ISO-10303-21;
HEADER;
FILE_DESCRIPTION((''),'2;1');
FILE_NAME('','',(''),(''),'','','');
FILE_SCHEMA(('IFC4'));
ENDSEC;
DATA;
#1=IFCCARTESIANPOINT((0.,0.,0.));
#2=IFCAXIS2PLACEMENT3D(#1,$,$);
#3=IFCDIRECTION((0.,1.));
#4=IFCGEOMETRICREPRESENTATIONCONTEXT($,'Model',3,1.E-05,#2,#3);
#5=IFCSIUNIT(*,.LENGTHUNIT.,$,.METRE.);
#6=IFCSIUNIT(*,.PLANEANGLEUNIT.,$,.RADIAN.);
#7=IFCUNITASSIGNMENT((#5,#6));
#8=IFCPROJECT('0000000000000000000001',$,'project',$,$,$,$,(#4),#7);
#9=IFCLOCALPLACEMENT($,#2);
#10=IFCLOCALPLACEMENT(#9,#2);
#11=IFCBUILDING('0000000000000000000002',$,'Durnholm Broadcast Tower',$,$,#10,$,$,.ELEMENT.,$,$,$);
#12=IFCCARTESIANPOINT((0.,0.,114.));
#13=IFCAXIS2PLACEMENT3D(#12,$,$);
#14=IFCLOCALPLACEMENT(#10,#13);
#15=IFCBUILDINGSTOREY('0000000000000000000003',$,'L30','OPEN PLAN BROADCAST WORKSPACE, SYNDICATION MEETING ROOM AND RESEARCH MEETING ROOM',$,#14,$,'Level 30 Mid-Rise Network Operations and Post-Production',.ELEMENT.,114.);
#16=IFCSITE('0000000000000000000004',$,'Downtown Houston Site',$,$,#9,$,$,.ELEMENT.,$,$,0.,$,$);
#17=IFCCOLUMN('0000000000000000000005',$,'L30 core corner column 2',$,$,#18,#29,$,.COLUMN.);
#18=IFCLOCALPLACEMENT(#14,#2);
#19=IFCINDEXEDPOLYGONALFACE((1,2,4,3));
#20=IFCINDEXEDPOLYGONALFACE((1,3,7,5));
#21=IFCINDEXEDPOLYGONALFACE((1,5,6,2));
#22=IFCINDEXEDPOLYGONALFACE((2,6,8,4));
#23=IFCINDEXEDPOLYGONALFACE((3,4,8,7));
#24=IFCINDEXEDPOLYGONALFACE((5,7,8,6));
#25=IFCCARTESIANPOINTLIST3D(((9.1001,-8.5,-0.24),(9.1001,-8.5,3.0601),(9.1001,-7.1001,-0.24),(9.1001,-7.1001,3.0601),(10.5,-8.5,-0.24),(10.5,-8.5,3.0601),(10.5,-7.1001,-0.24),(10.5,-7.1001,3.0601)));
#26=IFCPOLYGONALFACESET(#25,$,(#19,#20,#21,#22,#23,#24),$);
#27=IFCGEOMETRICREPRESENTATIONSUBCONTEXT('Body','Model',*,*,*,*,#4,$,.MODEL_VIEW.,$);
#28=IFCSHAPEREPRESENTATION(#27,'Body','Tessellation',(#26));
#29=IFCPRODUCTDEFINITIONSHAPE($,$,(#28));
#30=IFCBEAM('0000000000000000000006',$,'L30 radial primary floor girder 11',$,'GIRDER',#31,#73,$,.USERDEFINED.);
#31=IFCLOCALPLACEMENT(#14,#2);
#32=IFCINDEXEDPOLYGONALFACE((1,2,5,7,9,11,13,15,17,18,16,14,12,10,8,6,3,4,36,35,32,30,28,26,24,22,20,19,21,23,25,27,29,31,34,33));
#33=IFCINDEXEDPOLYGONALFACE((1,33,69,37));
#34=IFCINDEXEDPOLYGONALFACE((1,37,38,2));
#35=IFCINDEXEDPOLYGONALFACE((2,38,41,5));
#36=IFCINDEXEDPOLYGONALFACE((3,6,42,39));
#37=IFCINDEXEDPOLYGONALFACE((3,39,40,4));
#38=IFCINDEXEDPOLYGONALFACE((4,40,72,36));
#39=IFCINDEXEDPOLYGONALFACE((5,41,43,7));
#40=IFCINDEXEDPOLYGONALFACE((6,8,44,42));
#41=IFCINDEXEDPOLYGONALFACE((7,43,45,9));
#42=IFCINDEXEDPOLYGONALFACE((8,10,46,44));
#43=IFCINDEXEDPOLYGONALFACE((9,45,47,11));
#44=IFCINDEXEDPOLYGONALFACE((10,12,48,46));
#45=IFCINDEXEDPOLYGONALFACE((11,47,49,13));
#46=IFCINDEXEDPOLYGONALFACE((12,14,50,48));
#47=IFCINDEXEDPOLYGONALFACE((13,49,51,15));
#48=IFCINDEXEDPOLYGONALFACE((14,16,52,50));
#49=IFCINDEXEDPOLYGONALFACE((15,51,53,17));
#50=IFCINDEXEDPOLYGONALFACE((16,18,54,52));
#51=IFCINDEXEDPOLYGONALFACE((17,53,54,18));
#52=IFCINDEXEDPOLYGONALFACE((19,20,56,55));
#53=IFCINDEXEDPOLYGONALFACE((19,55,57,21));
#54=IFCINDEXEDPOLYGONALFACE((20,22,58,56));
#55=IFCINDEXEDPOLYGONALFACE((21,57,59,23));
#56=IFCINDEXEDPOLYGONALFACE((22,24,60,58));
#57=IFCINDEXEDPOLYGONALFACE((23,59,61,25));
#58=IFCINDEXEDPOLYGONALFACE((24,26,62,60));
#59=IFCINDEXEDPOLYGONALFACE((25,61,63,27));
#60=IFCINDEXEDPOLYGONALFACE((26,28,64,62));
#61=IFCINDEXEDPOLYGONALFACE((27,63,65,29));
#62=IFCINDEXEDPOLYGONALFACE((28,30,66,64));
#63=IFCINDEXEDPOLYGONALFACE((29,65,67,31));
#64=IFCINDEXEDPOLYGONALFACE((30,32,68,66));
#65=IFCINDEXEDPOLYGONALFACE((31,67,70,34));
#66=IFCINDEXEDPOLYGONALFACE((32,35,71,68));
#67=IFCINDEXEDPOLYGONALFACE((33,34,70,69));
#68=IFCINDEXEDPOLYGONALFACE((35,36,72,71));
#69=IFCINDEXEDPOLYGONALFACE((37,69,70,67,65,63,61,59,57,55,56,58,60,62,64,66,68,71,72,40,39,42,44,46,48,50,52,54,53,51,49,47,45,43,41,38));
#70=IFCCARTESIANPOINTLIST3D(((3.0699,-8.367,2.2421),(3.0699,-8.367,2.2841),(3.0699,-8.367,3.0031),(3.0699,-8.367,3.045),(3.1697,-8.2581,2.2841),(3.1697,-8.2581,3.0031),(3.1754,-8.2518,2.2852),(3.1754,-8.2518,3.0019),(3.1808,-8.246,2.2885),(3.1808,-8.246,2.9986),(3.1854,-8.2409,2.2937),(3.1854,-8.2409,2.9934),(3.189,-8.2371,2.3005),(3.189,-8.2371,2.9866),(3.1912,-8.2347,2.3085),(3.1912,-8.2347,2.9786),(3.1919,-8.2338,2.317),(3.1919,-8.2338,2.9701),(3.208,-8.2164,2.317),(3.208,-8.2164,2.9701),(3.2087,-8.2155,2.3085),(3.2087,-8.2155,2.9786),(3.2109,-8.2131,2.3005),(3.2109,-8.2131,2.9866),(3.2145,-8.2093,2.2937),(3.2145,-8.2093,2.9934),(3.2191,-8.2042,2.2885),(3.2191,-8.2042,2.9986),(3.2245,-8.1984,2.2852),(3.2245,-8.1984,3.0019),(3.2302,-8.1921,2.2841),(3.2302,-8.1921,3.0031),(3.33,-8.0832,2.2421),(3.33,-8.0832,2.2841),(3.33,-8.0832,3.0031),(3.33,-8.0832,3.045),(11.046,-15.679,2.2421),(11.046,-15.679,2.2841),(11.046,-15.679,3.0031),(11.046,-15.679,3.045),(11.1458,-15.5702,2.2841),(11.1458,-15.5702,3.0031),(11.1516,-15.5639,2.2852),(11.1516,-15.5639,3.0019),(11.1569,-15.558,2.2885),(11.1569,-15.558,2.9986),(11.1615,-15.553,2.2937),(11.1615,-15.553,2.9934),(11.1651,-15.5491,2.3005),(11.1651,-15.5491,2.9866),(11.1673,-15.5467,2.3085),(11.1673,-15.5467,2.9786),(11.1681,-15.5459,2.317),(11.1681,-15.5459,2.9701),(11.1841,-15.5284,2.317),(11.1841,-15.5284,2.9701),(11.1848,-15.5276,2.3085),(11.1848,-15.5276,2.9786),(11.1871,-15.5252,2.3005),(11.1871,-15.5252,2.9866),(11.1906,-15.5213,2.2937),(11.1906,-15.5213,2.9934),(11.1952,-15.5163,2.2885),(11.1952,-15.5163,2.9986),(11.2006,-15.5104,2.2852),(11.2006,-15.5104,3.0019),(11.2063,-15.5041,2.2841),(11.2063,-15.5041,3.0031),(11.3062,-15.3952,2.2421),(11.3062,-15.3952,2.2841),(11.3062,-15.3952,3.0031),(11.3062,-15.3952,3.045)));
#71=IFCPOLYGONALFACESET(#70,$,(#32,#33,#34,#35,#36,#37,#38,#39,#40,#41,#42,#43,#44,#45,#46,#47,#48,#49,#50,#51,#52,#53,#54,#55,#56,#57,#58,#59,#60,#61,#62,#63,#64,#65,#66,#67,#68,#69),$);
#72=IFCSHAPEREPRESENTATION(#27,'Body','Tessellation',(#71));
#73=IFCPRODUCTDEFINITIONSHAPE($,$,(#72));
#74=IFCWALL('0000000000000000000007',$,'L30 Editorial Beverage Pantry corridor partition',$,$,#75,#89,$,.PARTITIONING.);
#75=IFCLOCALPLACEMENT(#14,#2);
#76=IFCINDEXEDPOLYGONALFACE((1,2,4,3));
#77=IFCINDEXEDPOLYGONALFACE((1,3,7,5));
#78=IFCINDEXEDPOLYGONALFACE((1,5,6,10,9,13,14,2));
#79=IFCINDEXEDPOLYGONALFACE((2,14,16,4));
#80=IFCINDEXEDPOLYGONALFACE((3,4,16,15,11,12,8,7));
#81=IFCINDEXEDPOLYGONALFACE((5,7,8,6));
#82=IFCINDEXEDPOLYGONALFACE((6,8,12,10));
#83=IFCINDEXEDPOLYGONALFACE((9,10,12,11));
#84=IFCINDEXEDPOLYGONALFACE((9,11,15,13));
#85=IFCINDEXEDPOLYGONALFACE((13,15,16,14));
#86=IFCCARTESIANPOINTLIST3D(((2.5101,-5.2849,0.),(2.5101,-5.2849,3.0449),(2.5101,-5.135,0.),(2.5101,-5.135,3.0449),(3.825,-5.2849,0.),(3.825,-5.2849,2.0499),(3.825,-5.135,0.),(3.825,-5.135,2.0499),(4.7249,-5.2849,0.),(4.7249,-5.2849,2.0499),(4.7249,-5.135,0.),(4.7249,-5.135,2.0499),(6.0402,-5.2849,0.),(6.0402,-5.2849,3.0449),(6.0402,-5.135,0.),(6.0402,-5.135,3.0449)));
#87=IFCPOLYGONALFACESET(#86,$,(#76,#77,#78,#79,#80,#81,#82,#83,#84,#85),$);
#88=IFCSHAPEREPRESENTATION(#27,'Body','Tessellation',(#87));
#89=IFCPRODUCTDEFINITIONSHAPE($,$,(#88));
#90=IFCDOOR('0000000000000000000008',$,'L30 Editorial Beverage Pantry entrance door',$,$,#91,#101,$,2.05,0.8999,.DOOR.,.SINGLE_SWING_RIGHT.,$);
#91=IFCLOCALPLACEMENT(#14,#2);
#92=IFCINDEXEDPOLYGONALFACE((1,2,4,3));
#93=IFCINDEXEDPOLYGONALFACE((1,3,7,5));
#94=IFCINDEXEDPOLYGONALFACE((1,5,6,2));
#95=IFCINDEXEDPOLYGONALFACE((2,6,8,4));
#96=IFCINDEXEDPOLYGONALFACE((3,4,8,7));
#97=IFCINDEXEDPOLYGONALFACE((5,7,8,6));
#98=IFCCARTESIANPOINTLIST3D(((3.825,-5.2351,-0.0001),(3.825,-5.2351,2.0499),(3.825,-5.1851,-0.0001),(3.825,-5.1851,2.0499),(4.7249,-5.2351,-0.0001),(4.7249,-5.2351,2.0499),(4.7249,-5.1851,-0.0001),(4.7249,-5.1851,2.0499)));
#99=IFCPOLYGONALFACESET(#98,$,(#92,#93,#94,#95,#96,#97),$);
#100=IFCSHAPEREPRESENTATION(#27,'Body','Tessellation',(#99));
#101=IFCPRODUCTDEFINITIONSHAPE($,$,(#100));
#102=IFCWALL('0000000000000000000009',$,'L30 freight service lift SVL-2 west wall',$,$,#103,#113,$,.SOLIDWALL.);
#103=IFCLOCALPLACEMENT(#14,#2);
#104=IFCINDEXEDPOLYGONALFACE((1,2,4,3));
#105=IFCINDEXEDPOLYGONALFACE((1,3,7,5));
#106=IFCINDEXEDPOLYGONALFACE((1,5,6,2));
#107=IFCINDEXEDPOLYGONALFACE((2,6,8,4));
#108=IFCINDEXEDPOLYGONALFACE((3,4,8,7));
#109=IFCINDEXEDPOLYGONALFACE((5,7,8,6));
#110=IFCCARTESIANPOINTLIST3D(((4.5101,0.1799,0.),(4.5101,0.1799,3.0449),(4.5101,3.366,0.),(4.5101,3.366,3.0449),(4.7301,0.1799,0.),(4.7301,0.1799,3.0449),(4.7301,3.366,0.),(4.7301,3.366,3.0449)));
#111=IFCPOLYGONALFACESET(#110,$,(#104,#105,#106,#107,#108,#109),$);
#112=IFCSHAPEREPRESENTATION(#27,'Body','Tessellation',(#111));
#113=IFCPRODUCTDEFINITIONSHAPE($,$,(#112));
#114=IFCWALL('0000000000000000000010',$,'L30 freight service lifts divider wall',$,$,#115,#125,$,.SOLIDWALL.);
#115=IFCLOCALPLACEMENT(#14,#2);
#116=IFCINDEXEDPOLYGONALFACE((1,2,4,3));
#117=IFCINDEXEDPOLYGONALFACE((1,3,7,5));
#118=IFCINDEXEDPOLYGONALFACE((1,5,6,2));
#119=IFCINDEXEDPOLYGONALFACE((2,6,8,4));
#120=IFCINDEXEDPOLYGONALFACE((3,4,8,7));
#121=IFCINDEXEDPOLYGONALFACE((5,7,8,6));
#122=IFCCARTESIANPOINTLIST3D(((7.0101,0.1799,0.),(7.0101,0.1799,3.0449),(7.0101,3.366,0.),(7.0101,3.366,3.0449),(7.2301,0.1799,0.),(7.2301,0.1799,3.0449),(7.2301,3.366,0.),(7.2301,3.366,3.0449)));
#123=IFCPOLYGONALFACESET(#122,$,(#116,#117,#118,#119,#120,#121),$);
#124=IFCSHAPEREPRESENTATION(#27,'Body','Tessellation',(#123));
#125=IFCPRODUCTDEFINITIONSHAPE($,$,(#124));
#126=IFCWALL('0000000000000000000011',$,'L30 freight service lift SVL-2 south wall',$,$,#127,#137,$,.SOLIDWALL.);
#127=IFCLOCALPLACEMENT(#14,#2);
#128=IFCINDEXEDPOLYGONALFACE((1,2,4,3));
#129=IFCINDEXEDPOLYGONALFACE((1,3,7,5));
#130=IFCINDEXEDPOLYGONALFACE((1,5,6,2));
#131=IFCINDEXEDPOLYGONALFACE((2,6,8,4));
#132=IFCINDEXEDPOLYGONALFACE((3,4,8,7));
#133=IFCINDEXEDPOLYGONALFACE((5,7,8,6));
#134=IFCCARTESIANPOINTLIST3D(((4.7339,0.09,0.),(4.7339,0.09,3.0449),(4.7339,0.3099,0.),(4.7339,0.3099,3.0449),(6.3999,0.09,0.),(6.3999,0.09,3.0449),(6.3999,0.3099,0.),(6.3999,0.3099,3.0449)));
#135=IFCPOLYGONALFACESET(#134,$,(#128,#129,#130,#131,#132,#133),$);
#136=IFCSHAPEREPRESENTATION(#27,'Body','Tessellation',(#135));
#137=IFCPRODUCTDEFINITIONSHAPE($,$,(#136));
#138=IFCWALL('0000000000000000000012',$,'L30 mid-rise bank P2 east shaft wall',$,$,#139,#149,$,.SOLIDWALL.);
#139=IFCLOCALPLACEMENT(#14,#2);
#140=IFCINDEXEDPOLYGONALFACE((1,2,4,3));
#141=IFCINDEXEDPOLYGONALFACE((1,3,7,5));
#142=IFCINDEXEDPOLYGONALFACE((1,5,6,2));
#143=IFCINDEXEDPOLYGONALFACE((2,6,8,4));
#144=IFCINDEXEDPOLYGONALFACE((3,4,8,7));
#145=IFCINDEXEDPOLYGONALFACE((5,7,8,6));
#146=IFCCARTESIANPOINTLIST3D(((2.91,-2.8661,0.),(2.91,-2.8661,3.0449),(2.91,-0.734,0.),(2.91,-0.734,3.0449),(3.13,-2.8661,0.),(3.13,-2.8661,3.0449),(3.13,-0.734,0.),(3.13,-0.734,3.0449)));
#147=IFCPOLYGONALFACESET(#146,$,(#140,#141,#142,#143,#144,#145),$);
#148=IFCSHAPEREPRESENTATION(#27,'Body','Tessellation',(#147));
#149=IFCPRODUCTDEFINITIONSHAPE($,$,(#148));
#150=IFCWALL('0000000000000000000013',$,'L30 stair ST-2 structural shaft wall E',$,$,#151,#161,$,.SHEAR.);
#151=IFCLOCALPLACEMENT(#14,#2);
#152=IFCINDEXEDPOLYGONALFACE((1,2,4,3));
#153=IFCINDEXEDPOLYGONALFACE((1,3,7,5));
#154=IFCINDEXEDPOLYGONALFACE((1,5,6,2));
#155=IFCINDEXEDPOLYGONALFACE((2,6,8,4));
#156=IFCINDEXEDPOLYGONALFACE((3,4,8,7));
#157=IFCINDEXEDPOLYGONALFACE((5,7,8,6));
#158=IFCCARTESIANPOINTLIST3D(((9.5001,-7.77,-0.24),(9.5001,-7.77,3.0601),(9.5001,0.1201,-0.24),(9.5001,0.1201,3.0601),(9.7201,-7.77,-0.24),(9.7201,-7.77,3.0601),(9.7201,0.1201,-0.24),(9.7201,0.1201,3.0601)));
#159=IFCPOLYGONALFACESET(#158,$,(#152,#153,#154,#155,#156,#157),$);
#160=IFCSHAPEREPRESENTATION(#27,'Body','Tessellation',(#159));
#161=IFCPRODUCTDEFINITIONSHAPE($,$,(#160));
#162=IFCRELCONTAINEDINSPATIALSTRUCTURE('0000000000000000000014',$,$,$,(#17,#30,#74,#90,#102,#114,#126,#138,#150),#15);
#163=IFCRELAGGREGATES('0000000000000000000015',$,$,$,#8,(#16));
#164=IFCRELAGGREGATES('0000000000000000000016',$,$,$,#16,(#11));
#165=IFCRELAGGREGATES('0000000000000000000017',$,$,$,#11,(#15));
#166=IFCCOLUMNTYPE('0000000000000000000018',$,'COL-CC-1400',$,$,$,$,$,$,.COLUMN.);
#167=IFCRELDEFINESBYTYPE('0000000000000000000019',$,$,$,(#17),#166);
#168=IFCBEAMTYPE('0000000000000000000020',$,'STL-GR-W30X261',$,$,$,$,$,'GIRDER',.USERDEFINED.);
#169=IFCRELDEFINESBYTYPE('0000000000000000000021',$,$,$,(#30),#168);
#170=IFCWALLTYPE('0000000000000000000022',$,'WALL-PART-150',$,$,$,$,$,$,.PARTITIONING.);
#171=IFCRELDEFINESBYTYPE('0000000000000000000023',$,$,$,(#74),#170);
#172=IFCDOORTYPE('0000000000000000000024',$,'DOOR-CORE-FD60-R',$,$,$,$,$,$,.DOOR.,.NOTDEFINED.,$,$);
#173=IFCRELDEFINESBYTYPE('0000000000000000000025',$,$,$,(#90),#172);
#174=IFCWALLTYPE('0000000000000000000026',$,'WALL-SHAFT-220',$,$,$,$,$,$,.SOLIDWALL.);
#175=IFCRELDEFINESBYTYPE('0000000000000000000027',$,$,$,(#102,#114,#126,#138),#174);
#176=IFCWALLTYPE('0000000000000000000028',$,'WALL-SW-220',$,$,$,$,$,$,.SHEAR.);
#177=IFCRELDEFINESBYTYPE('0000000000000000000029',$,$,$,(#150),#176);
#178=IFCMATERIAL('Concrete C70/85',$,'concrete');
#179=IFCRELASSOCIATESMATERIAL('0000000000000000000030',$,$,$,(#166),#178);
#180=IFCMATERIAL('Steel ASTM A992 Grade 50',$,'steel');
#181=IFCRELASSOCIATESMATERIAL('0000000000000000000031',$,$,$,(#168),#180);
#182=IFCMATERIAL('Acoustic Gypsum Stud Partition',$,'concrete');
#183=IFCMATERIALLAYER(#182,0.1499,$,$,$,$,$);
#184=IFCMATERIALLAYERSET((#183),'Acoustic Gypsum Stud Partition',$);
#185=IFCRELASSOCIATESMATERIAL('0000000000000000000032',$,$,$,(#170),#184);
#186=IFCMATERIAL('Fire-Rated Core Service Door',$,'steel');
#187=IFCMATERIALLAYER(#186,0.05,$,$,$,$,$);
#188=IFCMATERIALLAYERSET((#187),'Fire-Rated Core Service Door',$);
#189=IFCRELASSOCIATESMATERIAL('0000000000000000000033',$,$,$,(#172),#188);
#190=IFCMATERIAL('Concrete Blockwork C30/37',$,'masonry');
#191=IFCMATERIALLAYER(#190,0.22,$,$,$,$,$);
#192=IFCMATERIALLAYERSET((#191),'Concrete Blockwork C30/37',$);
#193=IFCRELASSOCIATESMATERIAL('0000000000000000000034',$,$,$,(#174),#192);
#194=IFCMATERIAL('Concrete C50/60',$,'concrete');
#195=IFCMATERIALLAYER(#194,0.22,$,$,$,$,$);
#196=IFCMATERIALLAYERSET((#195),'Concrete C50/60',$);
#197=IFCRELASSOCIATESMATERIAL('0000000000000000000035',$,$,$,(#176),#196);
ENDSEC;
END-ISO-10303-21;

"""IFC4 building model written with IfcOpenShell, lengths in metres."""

from ifc_helpers import new_model, si_unit, direction, frame, frame_2d, origin, origin_2d, place, context, subcontext, project, spatial, rectangle, i_section, extrude, source, transform, mapped, material, layer, layer_set, material_profile, profile_set, type_object, type_shapes, element, fill, save


model = new_model("IFC4")

# Units and contexts
model_context = context("Model", 3, precision=1e-05, world=origin(), true_north=direction((0.0, 1.0)))
body_context = subcontext(model_context, "Body", "Model", "MODEL_VIEW")
ifc_project = project(units=[si_unit("LENGTHUNIT", "METRE"), si_unit("PLANEANGLEUNIT", "RADIAN")], contexts=[model_context])

# Site, building, storey
site_placement = place(None, origin())
site = spatial("IfcSite", under=ifc_project, at=site_placement, Name="Downtown Houston Site", CompositionType="ELEMENT", RefElevation=0.0)
building_placement = place(site_placement, origin())
building = spatial("IfcBuilding", under=site, at=building_placement, Name="Durnholm Broadcast Tower", CompositionType="ELEMENT")
storey_placement = place(building_placement, frame((0.0, 0.0, 114.0)))
storey = spatial("IfcBuildingStorey", under=building, at=storey_placement, Name="L30", Description="OPEN PLAN BROADCAST WORKSPACE, SYNDICATION MEETING ROOM AND RESEARCH MEETING ROOM", LongName="Level 30 Mid-Rise Network Operations and Post-Production", CompositionType="ELEMENT", Elevation=114.0)

# Column
ifc_material_1 = material(Name="Concrete C70/85", Category="concrete")
ifc_material_profile_1 = material_profile(ifc_material_1, rectangle(XDim=1.3999, YDim=1.3999, at=origin_2d()), Name="RC1400X1400")
ifc_profile_set_1 = profile_set([ifc_material_profile_1], Name="Concrete C70/85")
column_type = type_object("IfcColumnType", Name="COL-CC-1400", PredefinedType="COLUMN", material=ifc_profile_set_1)
shared_shape_1 = source(origin(), body_context, "Body", "SweptSolid", [
    extrude(rectangle(XDim=1.3999, YDim=1.3999, at=origin_2d()), origin(), (0.0, 0.0, 1.0), 3.3),
])
type_shapes(column_type, [shared_shape_1])
column_placement = place(storey_placement, frame((9.8, -7.8, -0.24), z_axis=(0.0, 0.0, 1.0), x_axis=(1.0, 0.0, 0.0)))
element("IfcColumn", 1, at=column_placement, inside=storey, type_object=column_type, Name="L30 core corner column 2", PredefinedType="COLUMN", context=body_context, shape_type="MappedRepresentation", body=[
    mapped(shared_shape_1, transform((0.0, 0.0, 0.0), x_axis=(1.0, 0.0, 0.0), y_axis=(0.0, 1.0, 0.0), z_axis=(0.0, 0.0, 1.0), scale=1.0)),
])

# Beam
ifc_material_2 = material(Name="Steel ASTM A992 Grade 50", Category="steel")
ifc_material_profile_2 = material_profile(ifc_material_2, i_section(OverallWidth=0.385, OverallDepth=0.803, WebThickness=0.0237, FlangeThickness=0.042, FilletRadius=0.033, at=origin_2d()), Name="W30X261")
ifc_profile_set_2 = profile_set([ifc_material_profile_2], Name="Steel ASTM A992 Grade 50")
beam_type = type_object("IfcBeamType", Name="STL-GR-W30X261", ElementType="GIRDER", PredefinedType="USERDEFINED", material=ifc_profile_set_2)
shared_shape_2 = source(origin(), body_context, "Body", "SweptSolid", [
    extrude(i_section(OverallWidth=0.385, OverallDepth=0.803, WebThickness=0.0237, FlangeThickness=0.042, FilletRadius=0.033, at=origin_2d()), origin(), (0.0, 0.0, 1.0), 10.8206),
])
type_shapes(beam_type, [shared_shape_2])
beam_placement = place(storey_placement, frame((3.2, -8.2251, 2.6436), z_axis=(0.737126, -0.675755, 0.0), x_axis=(0.675755, 0.737126, 0.0)))
element("IfcBeam", 2, at=beam_placement, inside=storey, type_object=beam_type, Name="L30 radial primary floor girder 11", ObjectType="GIRDER", PredefinedType="USERDEFINED", context=body_context, shape_type="MappedRepresentation", body=[
    mapped(shared_shape_2, transform((0.0, 0.0, 0.0), x_axis=(1.0, 0.0, 0.0), y_axis=(0.0, 1.0, 0.0), z_axis=(0.0, 0.0, 1.0), scale=1.0)),
])

# Wall, opening, door
ifc_material_3 = material(Name="Acoustic Gypsum Stud Partition", Category="concrete")
ifc_layer_1 = layer(ifc_material_3, 0.1499)
ifc_layer_set_1 = layer_set([ifc_layer_1], Name="Acoustic Gypsum Stud Partition")
wall_type_1 = type_object("IfcWallType", Name="WALL-PART-150", PredefinedType="PARTITIONING", material=ifc_layer_set_1)
wall_1_placement = place(storey_placement, frame((2.51, -5.21, 0.0), z_axis=(0.0, 0.0, 1.0), x_axis=(1.0, 0.0, 0.0)))
wall_1 = element("IfcWall", 3, at=wall_1_placement, inside=storey, type_object=wall_type_1, Name="L30 Editorial Beverage Pantry corridor partition", PredefinedType="PARTITIONING", context=body_context, shape_type="SweptSolid", body=[
    extrude(rectangle(XDim=3.53, YDim=0.1499, at=frame_2d((1.7651, 0.0))), origin(), (0.0, 0.0, 1.0), 3.0449),
])
opening_1_placement = place(wall_1_placement, frame((1.3149, 0.0, 0.0)))
opening_1 = element("IfcOpeningElement", 4, at=opening_1_placement, cuts=wall_1, PredefinedType="OPENING", context=body_context, shape_type="SweptSolid", body=[
    extrude(rectangle(XDim=0.8999, YDim=2.05, at=frame_2d((0.45, 1.0249))), frame((0.0, 0.085, 0.0), z_axis=(0.0, -1.0, 0.0), x_axis=(1.0, 0.0, 0.0)), (0.0, 0.0, 1.0), 0.1699),
])
ifc_material_4 = material(Name="Fire-Rated Core Service Door", Category="steel")
ifc_layer_2 = layer(ifc_material_4, 0.05)
ifc_layer_set_2 = layer_set([ifc_layer_2], Name="Fire-Rated Core Service Door")
door_type_1 = type_object("IfcDoorType", Name="DOOR-CORE-FD60-R", OperationType="NOTDEFINED", PredefinedType="DOOR", material=ifc_layer_set_2)
shared_shape_3 = source(origin(), body_context, "Body", "SweptSolid", [
    extrude(rectangle(XDim=0.8999, YDim=2.05, at=frame_2d((0.45, 1.0249))), frame((0.0, 0.0249, 0.0), z_axis=(0.0, -1.0, 0.0), x_axis=(1.0, 0.0, 0.0)), (0.0, 0.0, 1.0), 0.05),
])
type_shapes(door_type_1, [shared_shape_3])
door_1_placement = place(opening_1_placement, origin())
door_1 = element("IfcDoor", 5, at=door_1_placement, inside=storey, type_object=door_type_1, Name="L30 Editorial Beverage Pantry entrance door", OperationType="SINGLE_SWING_RIGHT", OverallHeight=2.05, OverallWidth=0.8999, PredefinedType="DOOR", context=body_context, shape_type="MappedRepresentation", body=[
    mapped(shared_shape_3, transform((0.0, 0.0, 0.0), x_axis=(1.0, 0.0, 0.0), y_axis=(0.0, 1.0, 0.0), z_axis=(0.0, 0.0, 1.0), scale=1.0)),
])
fill(opening_1, door_1)

# Walls
ifc_material_5 = material(Name="Concrete Blockwork C30/37", Category="masonry")
ifc_layer_3 = layer(ifc_material_5, 0.22)
ifc_layer_set_3 = layer_set([ifc_layer_3], Name="Concrete Blockwork C30/37")
wall_type_2 = type_object("IfcWallType", Name="WALL-SHAFT-220", PredefinedType="SOLIDWALL", material=ifc_layer_set_3)
for number, where, z_axis, x_axis, name in (
    (6, (4.6201, 0.1799, 0.0), (0.0, 0.0, 1.0), (0.0, 1.0, 0.0), "L30 freight service lift SVL-2 west wall"),
    (7, (7.1201, 0.1799, 0.0), (0.0, 0.0, 1.0), (0.0, 1.0, 0.0), "L30 freight service lifts divider wall"),
):
    element("IfcWall", number, at=place(storey_placement, frame(where, z_axis=z_axis, x_axis=x_axis)), inside=storey, type_object=wall_type_2, Name=name, PredefinedType="SOLIDWALL", context=body_context, shape_type="SweptSolid", body=[
        extrude(rectangle(XDim=3.186, YDim=0.22, at=frame_2d((1.593, 0.0))), origin(), (0.0, 0.0, 1.0), 3.0449),
    ])
wall_2_placement = place(storey_placement, frame((4.7339, 0.2, 0.0), z_axis=(0.0, 0.0, 1.0), x_axis=(1.0, 0.0, 0.0)))
element("IfcWall", 8, at=wall_2_placement, inside=storey, type_object=wall_type_2, Name="L30 freight service lift SVL-2 south wall", PredefinedType="SOLIDWALL", context=body_context, shape_type="SweptSolid", body=[
    extrude(rectangle(XDim=1.666, YDim=0.22, at=frame_2d((0.833, 0.0))), origin(), (0.0, 0.0, 1.0), 3.0449),
])
wall_3_placement = place(storey_placement, frame((3.02, -2.866, 0.0), z_axis=(0.0, 0.0, 1.0), x_axis=(0.0, 1.0, 0.0)))
element("IfcWall", 9, at=wall_3_placement, inside=storey, type_object=wall_type_2, Name="L30 mid-rise bank P2 east shaft wall", PredefinedType="SOLIDWALL", context=body_context, shape_type="SweptSolid", body=[
    extrude(rectangle(XDim=2.1321, YDim=0.22, at=frame_2d((1.0659, 0.0))), origin(), (0.0, 0.0, 1.0), 3.0449),
])
ifc_material_6 = material(Name="Concrete C50/60", Category="concrete")
ifc_layer_4 = layer(ifc_material_6, 0.22)
ifc_layer_set_4 = layer_set([ifc_layer_4], Name="Concrete C50/60")
wall_type_3 = type_object("IfcWallType", Name="WALL-SW-220", PredefinedType="SHEAR", material=ifc_layer_set_4)
wall_4_placement = place(storey_placement, frame((9.6101, -7.77, -0.24), z_axis=(0.0, 0.0, 1.0), x_axis=(0.0, 1.0, 0.0)))
element("IfcWall", 10, at=wall_4_placement, inside=storey, type_object=wall_type_3, Name="L30 stair ST-2 structural shaft wall E", PredefinedType="SHEAR", context=body_context, shape_type="SweptSolid", body=[
    extrude(rectangle(XDim=7.8901, YDim=0.22, at=frame_2d((3.9451, 0.0))), origin(), (0.0, 0.0, 1.0), 3.3),
])

save(model, "model.ifc")
